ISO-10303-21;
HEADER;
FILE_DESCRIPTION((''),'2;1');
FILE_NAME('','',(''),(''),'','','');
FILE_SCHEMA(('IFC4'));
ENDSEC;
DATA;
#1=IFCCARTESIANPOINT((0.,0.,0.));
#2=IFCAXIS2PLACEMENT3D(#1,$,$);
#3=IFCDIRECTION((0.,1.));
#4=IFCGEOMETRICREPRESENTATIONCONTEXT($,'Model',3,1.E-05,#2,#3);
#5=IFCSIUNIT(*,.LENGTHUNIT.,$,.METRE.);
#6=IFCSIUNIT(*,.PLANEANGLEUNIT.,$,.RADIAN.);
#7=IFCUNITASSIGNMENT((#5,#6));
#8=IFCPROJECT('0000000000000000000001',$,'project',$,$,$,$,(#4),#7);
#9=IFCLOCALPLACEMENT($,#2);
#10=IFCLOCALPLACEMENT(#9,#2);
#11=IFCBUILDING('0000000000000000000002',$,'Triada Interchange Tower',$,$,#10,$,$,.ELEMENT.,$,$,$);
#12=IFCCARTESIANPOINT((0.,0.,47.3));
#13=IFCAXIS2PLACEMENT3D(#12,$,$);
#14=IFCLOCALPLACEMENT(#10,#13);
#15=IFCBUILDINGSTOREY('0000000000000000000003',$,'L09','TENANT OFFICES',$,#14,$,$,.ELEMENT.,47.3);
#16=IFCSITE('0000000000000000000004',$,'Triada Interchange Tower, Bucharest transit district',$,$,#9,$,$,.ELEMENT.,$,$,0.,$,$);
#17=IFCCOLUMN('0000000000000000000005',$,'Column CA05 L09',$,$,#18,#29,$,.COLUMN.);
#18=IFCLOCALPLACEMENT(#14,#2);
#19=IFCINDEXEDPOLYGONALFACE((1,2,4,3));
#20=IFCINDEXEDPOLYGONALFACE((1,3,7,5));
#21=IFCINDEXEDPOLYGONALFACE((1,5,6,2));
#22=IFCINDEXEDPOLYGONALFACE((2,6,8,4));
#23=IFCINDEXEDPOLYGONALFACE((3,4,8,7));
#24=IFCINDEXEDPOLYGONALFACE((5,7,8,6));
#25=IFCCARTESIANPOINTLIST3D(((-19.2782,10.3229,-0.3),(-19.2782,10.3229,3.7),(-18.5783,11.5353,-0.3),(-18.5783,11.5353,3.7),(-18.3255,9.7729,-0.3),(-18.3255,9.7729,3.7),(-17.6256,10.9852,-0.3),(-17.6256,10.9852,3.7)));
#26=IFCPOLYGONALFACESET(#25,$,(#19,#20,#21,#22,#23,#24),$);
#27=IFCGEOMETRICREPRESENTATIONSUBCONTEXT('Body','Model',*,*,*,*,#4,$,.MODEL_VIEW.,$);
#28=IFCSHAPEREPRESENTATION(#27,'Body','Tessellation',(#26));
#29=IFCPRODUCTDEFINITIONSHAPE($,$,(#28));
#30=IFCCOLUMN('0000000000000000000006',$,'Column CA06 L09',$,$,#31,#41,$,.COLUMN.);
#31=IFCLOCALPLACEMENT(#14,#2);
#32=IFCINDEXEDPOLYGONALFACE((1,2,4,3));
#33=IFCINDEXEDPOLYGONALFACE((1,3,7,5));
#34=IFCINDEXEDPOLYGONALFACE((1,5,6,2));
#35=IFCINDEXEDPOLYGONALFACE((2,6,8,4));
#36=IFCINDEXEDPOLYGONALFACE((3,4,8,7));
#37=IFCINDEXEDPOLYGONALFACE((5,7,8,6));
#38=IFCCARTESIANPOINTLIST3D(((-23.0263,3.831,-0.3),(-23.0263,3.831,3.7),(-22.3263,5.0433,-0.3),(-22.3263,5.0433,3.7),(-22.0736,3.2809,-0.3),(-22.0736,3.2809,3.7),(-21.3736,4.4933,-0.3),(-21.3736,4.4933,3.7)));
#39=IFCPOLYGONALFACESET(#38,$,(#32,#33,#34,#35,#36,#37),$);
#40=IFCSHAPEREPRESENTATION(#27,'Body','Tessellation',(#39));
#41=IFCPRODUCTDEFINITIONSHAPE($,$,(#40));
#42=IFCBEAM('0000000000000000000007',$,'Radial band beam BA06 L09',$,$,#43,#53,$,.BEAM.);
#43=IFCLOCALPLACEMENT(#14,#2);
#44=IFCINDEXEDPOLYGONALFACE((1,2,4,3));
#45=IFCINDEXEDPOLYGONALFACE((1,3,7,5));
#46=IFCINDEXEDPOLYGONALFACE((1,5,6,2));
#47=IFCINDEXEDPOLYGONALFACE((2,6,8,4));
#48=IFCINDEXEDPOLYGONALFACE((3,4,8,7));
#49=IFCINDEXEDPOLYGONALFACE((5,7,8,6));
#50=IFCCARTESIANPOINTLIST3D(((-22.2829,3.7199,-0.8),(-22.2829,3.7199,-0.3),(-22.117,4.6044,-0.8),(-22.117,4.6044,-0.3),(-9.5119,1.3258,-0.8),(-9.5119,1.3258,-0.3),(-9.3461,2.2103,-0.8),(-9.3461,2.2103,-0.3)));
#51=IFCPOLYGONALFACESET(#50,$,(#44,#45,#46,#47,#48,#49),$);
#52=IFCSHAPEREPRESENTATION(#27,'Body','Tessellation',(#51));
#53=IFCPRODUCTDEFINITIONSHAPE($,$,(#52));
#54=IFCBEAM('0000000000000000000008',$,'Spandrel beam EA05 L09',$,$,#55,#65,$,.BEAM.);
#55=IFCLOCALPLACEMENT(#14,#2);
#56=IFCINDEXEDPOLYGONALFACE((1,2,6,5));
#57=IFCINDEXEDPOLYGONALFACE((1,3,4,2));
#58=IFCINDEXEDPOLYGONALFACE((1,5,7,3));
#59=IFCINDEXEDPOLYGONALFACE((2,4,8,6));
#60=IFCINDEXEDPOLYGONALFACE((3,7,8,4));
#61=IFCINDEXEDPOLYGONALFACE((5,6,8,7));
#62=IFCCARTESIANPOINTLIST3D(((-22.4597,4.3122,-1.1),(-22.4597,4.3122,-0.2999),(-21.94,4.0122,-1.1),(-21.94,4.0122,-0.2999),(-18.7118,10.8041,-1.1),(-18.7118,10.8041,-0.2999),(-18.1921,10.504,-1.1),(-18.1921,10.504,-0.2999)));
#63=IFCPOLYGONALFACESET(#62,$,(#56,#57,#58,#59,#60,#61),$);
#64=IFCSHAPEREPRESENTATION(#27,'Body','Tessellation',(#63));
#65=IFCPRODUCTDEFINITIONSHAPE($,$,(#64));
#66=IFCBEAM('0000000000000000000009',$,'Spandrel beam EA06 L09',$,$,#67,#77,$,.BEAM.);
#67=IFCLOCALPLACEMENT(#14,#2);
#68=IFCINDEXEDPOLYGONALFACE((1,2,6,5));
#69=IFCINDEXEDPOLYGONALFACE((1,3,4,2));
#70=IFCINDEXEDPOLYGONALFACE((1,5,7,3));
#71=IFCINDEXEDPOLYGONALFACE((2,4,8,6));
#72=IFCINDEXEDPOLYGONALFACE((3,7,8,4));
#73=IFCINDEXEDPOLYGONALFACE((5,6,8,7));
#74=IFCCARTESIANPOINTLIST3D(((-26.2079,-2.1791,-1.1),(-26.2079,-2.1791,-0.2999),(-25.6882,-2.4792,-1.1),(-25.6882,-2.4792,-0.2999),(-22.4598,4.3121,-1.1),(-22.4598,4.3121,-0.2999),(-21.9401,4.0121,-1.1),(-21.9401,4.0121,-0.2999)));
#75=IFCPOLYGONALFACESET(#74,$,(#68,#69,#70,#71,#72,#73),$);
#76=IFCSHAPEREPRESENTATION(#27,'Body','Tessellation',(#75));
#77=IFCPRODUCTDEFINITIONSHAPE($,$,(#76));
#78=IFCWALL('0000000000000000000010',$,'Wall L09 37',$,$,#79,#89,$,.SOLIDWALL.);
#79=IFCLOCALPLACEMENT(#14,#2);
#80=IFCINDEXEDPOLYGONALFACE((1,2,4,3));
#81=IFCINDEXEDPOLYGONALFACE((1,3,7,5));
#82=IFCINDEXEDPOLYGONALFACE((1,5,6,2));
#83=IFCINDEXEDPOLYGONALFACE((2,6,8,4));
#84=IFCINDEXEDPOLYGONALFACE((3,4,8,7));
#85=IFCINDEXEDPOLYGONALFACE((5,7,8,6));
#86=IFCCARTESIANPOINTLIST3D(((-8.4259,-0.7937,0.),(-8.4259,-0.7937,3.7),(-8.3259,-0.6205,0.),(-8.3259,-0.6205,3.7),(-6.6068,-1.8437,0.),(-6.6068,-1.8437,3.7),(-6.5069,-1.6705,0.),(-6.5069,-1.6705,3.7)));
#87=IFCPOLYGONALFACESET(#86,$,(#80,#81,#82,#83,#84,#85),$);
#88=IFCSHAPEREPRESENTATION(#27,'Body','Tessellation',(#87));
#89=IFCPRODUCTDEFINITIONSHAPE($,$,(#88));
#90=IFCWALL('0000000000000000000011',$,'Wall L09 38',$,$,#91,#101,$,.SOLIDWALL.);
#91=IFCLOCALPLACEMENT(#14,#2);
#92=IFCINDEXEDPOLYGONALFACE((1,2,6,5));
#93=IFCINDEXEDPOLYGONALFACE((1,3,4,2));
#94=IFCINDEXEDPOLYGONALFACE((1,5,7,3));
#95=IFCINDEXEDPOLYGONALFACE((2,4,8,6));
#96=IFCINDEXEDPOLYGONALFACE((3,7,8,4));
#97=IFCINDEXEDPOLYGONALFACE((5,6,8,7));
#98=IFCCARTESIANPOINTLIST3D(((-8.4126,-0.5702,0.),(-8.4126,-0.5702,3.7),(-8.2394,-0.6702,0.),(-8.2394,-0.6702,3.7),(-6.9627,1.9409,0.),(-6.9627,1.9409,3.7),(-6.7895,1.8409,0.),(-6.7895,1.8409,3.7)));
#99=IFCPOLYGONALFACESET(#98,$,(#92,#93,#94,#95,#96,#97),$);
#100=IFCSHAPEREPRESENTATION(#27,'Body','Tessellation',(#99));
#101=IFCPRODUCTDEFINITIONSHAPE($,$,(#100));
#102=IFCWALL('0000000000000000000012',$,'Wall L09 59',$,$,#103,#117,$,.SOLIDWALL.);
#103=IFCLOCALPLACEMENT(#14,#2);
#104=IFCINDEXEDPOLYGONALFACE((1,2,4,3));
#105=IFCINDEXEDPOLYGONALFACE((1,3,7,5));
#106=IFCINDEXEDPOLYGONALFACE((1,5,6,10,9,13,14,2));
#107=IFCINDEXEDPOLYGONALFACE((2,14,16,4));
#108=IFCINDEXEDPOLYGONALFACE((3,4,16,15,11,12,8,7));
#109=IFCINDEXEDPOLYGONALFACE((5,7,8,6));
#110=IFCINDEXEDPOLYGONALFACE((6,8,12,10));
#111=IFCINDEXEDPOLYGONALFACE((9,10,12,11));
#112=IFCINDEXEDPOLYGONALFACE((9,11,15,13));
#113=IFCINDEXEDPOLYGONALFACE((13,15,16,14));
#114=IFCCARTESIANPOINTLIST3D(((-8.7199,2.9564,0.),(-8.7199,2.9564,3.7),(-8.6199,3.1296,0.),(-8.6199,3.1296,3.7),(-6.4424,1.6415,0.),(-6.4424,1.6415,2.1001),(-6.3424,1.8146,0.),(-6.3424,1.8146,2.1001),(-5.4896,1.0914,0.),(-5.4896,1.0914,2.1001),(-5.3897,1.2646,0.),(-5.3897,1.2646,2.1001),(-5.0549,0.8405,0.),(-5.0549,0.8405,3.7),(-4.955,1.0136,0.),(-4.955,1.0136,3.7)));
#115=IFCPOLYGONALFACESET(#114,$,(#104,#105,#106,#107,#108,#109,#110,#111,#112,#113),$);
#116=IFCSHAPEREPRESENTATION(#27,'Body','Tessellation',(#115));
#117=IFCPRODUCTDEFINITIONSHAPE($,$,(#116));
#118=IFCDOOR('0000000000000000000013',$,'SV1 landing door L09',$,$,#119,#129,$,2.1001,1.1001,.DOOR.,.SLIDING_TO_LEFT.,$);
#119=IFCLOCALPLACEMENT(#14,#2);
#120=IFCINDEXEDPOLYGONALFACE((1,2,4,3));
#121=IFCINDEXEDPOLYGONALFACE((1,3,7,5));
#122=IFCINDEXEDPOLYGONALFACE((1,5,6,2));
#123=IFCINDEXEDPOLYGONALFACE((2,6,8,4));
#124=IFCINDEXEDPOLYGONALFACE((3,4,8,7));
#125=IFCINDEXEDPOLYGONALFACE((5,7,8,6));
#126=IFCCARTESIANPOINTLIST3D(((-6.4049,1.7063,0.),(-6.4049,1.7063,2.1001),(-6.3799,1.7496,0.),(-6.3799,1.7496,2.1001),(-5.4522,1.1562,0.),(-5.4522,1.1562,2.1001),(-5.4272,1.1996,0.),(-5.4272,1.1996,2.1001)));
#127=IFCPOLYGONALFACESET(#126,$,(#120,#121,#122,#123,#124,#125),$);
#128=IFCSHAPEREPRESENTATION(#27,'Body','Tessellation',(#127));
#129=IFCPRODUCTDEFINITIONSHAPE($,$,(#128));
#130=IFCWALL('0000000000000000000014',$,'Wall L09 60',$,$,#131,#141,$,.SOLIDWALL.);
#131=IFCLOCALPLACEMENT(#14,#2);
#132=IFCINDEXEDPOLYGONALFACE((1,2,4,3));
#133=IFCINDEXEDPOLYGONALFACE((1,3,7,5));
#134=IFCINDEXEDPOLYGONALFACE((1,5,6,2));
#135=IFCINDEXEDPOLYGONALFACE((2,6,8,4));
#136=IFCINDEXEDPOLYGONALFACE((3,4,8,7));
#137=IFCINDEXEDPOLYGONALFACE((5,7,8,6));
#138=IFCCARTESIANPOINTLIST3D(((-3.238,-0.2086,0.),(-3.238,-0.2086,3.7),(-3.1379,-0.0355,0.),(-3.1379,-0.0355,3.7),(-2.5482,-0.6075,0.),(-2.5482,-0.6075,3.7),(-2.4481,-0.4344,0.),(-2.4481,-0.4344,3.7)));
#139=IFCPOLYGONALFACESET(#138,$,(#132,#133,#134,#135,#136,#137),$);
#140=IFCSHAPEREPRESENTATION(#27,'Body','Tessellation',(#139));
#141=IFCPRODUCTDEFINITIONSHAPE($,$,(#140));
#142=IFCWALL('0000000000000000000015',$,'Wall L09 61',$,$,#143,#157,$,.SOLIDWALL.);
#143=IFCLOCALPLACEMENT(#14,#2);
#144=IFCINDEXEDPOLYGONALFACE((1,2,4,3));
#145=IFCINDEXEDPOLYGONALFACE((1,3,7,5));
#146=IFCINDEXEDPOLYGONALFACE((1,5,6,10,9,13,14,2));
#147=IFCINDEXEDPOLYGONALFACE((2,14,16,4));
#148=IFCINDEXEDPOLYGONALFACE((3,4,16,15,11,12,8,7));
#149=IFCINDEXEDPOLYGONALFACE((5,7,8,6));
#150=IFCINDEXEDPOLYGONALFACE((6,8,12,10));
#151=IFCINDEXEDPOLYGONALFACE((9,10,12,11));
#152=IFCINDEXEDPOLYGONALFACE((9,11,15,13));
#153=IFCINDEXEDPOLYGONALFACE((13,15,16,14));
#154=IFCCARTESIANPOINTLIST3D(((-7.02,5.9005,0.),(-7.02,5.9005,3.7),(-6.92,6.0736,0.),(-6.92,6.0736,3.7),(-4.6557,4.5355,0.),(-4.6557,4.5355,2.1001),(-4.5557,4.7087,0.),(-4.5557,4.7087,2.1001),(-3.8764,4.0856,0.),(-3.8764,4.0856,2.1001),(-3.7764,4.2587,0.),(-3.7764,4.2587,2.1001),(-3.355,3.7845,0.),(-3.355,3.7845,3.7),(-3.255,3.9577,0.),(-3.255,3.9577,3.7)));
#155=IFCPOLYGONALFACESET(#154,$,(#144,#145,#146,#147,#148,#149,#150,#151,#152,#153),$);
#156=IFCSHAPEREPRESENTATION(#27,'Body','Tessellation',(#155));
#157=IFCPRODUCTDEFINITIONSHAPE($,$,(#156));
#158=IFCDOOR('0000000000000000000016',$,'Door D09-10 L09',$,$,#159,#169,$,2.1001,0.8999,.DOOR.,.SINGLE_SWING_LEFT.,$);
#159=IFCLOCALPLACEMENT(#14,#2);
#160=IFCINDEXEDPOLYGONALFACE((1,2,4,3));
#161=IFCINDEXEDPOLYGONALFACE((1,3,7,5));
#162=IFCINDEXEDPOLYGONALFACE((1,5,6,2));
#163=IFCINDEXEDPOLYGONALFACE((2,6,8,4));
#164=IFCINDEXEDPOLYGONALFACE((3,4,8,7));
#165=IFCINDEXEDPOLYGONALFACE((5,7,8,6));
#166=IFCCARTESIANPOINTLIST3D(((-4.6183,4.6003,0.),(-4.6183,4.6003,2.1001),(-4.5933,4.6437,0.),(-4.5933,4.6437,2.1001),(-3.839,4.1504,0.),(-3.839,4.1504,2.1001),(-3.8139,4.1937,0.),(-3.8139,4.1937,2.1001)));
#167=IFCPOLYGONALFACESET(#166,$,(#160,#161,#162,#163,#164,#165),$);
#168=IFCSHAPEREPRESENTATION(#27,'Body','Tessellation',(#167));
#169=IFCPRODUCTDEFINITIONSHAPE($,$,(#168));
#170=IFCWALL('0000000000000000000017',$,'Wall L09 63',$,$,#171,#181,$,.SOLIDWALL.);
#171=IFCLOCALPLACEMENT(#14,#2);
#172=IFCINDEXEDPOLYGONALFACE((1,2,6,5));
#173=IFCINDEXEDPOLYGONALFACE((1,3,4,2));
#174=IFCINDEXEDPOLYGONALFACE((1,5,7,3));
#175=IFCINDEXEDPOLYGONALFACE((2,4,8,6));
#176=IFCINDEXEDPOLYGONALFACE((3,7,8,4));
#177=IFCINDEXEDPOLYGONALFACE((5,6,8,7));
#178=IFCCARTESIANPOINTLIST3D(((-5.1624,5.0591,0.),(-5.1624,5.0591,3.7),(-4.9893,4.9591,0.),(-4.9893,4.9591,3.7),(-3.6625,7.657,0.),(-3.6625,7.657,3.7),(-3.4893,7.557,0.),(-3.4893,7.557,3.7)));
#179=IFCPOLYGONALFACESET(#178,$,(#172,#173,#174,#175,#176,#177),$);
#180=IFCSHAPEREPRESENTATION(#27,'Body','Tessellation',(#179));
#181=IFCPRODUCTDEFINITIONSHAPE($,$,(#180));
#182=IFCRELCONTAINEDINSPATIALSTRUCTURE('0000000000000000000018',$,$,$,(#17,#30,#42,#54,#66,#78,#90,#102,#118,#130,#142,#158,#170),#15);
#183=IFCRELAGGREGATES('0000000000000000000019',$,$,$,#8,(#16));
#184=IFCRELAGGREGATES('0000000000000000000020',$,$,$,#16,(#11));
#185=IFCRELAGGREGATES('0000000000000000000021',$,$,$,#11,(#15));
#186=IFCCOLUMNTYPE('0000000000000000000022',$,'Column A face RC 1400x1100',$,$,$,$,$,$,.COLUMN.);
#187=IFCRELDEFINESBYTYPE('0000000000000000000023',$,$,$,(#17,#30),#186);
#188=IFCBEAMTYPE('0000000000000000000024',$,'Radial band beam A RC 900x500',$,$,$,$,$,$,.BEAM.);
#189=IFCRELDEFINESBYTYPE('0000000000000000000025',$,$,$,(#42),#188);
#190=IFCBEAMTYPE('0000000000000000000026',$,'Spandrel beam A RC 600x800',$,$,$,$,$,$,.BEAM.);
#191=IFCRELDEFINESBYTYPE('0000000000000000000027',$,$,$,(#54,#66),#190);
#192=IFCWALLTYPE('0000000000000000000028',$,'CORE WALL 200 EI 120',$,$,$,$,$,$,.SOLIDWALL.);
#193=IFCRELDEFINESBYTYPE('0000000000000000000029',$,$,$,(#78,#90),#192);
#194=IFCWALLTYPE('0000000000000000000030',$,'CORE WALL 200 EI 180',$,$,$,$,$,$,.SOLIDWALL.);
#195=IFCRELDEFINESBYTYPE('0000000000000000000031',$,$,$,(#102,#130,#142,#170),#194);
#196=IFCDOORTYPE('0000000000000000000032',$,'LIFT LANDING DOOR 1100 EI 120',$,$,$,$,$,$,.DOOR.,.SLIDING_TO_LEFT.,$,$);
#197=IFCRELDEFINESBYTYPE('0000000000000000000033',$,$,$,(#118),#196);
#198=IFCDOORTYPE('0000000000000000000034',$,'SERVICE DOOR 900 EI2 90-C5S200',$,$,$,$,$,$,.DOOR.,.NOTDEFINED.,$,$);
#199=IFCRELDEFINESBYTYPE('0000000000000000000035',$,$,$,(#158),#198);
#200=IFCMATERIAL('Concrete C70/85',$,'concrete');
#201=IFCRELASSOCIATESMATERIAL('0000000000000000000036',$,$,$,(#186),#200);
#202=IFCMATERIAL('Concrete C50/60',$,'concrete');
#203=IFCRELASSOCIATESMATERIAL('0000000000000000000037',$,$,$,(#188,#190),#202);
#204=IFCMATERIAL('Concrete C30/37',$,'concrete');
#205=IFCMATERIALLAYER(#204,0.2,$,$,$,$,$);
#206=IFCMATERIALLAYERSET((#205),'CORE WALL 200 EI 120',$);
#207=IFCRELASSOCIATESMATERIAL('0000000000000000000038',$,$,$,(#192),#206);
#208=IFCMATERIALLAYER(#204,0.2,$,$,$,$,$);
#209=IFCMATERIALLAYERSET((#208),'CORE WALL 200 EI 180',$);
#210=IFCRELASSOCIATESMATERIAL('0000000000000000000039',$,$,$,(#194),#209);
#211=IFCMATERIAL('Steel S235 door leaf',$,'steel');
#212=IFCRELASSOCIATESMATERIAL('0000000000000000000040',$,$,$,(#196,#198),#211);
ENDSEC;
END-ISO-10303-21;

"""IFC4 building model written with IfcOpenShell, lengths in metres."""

from ifc_helpers import new_model, si_unit, direction, frame, frame_2d, origin, origin_2d, place, context, subcontext, project, spatial, rectangle, extrude, material, layer, layer_set, material_profile, profile_set, type_object, element, fill, save


model = new_model("IFC4")

# Units and contexts
model_context = context("Model", 3, precision=1e-05, world=origin(), true_north=direction((0.0, 1.0)))
body_context = subcontext(model_context, "Body", "Model", "MODEL_VIEW")
ifc_project = project(units=[si_unit("LENGTHUNIT", "METRE"), si_unit("PLANEANGLEUNIT", "RADIAN")], contexts=[model_context])

# Site, building, storey
site_placement = place(None, origin())
site = spatial("IfcSite", under=ifc_project, at=site_placement, Name="Triada Interchange Tower, Bucharest transit district", CompositionType="ELEMENT", RefElevation=0.0)
building_placement = place(site_placement, origin())
building = spatial("IfcBuilding", under=site, at=building_placement, Name="Triada Interchange Tower", CompositionType="ELEMENT")
storey_placement = place(building_placement, frame((0.0, 0.0, 47.3)))
storey = spatial("IfcBuildingStorey", under=building, at=storey_placement, Name="L09", Description="TENANT OFFICES", CompositionType="ELEMENT", Elevation=47.3)

# Columns
ifc_material_1 = material(Name="Concrete C70/85", Category="concrete")
ifc_material_profile_1 = material_profile(ifc_material_1, rectangle(XDim=1.3999, YDim=1.1001, at=origin_2d()), Name="RC 1400x1100")
ifc_profile_set_1 = profile_set([ifc_material_profile_1], Name="Concrete C70/85")
column_type = type_object("IfcColumnType", Name="Column A face RC 1400x1100", PredefinedType="COLUMN", material=ifc_profile_set_1)
for number, where, z_axis, x_axis, name in (
    (1, (-18.4519, 10.6541, -0.3), (0.0, 0.0, 1.0), (0.5, 0.866025, 0.0), "Column CA05 L09"),
    (2, (-22.2, 4.1621, -0.3), (0.0, 0.0, 1.0), (0.5, 0.866025, 0.0), "Column CA06 L09"),
):
    element("IfcColumn", number, at=place(storey_placement, frame(where, z_axis=z_axis, x_axis=x_axis)), inside=storey, type_object=column_type, Name=name, PredefinedType="COLUMN", context=body_context, shape_type="SweptSolid", body=[
        extrude(rectangle(XDim=1.3999, YDim=1.1001, at=origin_2d()), origin(), (0.0, 0.0, 1.0), 4.0),
    ])

# Beams
ifc_material_2 = material(Name="Concrete C50/60", Category="concrete")
ifc_material_profile_2 = material_profile(ifc_material_2, rectangle(XDim=0.8999, YDim=0.5, at=origin_2d()), Name="RC 900x500")
ifc_profile_set_2 = profile_set([ifc_material_profile_2], Name="Concrete C50/60")
beam_type_1 = type_object("IfcBeamType", Name="Radial band beam A RC 900x500", PredefinedType="BEAM", material=ifc_profile_set_2)
beam_1_placement = place(storey_placement, frame((-22.2, 4.1621, -0.55), z_axis=(0.982879, -0.18425, 0.0), x_axis=(0.18425, 0.982879, 0.0)))
element("IfcBeam", 3, at=beam_1_placement, inside=storey, type_object=beam_type_1, Name="Radial band beam BA06 L09", PredefinedType="BEAM", context=body_context, shape_type="SweptSolid", body=[
    extrude(rectangle(XDim=0.8999, YDim=0.5, at=origin_2d()), origin(), (0.0, 0.0, 1.0), 12.9934),
])
ifc_material_profile_3 = material_profile(ifc_material_2, rectangle(XDim=0.6001, YDim=0.8, at=origin_2d()), Name="RC 600x800")
ifc_profile_set_3 = profile_set([ifc_material_profile_3], Name="Concrete C50/60")
beam_type_2 = type_object("IfcBeamType", Name="Spandrel beam A RC 600x800", PredefinedType="BEAM", material=ifc_profile_set_3)
beam_2_placement = place(storey_placement, frame((-18.4519, 10.6541, -0.7), z_axis=(-0.499992, -0.86603, 0.0), x_axis=(0.86603, -0.499992, 0.0)))
element("IfcBeam", 4, at=beam_2_placement, inside=storey, type_object=beam_type_2, Name="Spandrel beam EA05 L09", PredefinedType="BEAM", context=body_context, shape_type="SweptSolid", body=[
    extrude(rectangle(XDim=0.6001, YDim=0.8, at=origin_2d()), origin(), (0.0, 0.0, 1.0), 7.4961),
])
beam_3_placement = place(storey_placement, frame((-22.2, 4.1621, -0.7), z_axis=(-0.500034, -0.866006, 0.0), x_axis=(0.866006, -0.500034, 0.0)))
element("IfcBeam", 5, at=beam_3_placement, inside=storey, type_object=beam_type_2, Name="Spandrel beam EA06 L09", PredefinedType="BEAM", context=body_context, shape_type="SweptSolid", body=[
    extrude(rectangle(XDim=0.6001, YDim=0.8, at=origin_2d()), origin(), (0.0, 0.0, 1.0), 7.4956),
])

# Walls
ifc_material_3 = material(Name="Concrete C30/37", Category="concrete")
ifc_layer_1 = layer(ifc_material_3, 0.2)
ifc_layer_set_1 = layer_set([ifc_layer_1], Name="CORE WALL 200 EI 120")
wall_type_1 = type_object("IfcWallType", Name="CORE WALL 200 EI 120", PredefinedType="SOLIDWALL", material=ifc_layer_set_1)
wall_1_placement = place(storey_placement, frame((-8.376, -0.707, 0.0), z_axis=(0.0, 0.0, 1.0), x_axis=(0.866068, -0.499927, 0.0)))
element("IfcWall", 6, at=wall_1_placement, inside=storey, type_object=wall_type_1, Name="Wall L09 37", PredefinedType="SOLIDWALL", context=body_context, shape_type="SweptSolid", body=[
    extrude(rectangle(XDim=2.1003, YDim=0.2, at=frame_2d((1.0503, 0.0))), origin(), (0.0, 0.0, 1.0), 3.7),
])
wall_2_placement = place(storey_placement, frame((-8.3259, -0.6201, 0.0), z_axis=(0.0, 0.0, 1.0), x_axis=(0.500024, 0.866012, 0.0)))
element("IfcWall", 7, at=wall_2_placement, inside=storey, type_object=wall_type_1, Name="Wall L09 38", PredefinedType="SOLIDWALL", context=body_context, shape_type="SweptSolid", body=[
    extrude(rectangle(XDim=2.8997, YDim=0.2, at=frame_2d((1.4497, 0.0))), origin(), (0.0, 0.0, 1.0), 3.7),
])

# Wall, opening, door
ifc_layer_2 = layer(ifc_material_3, 0.2)
ifc_layer_set_2 = layer_set([ifc_layer_2], Name="CORE WALL 200 EI 180")
wall_type_2 = type_object("IfcWallType", Name="CORE WALL 200 EI 180", PredefinedType="SOLIDWALL", material=ifc_layer_set_2)
wall_3_placement = place(storey_placement, frame((-8.6699, 3.043, 0.0), z_axis=(0.0, 0.0, 1.0), x_axis=(0.86603, -0.499992, 0.0)))
wall_3 = element("IfcWall", 8, at=wall_3_placement, inside=storey, type_object=wall_type_2, Name="Wall L09 59", PredefinedType="SOLIDWALL", context=body_context, shape_type="SweptSolid", body=[
    extrude(rectangle(XDim=4.2319, YDim=0.2, at=frame_2d((2.116, 0.0))), origin(), (0.0, 0.0, 1.0), 3.7),
])
opening_1_placement = place(wall_3_placement, frame((2.6299, 0.0, 0.0)))
opening_1 = element("IfcOpeningElement", 9, at=opening_1_placement, cuts=wall_3, PredefinedType="OPENING", context=body_context, shape_type="SweptSolid", body=[
    extrude(rectangle(XDim=1.1001, YDim=2.1001, at=frame_2d((0.55, 1.05))), frame((0.0, 0.1099, 0.0), z_axis=(0.0, -1.0, 0.0), x_axis=(1.0, 0.0, 0.0)), (0.0, 0.0, 1.0), 0.22),
])
ifc_material_4 = material(Name="Steel S235 door leaf", Category="steel")
door_type_1 = type_object("IfcDoorType", Name="LIFT LANDING DOOR 1100 EI 120", OperationType="SLIDING_TO_LEFT", PredefinedType="DOOR", material=ifc_material_4)
door_1_placement = place(opening_1_placement, origin())
door_1 = element("IfcDoor", 10, at=door_1_placement, inside=storey, type_object=door_type_1, Name="SV1 landing door L09", OperationType="SLIDING_TO_LEFT", OverallHeight=2.1001, OverallWidth=1.1001, PredefinedType="DOOR", context=body_context, shape_type="SweptSolid", body=[
    extrude(rectangle(XDim=1.1001, YDim=2.1001, at=frame_2d((0.55, 1.05))), frame((0.0, 0.0249, 0.0), z_axis=(0.0, -1.0, 0.0), x_axis=(1.0, 0.0, 0.0)), (0.0, 0.0, 1.0), 0.05),
])
fill(opening_1, door_1)

# Wall
wall_4_placement = place(storey_placement, frame((-3.188, -0.1221, 0.0), z_axis=(0.0, 0.0, 1.0), x_axis=(0.865706, -0.500553, 0.0)))
element("IfcWall", 11, at=wall_4_placement, inside=storey, type_object=wall_type_2, Name="Wall L09 60", PredefinedType="SOLIDWALL", context=body_context, shape_type="SweptSolid", body=[
    extrude(rectangle(XDim=0.7969, YDim=0.2, at=frame_2d((0.3984, 0.0))), origin(), (0.0, 0.0, 1.0), 3.7),
])

# Wall, opening, door
wall_5_placement = place(storey_placement, frame((-6.97, 5.9871, 0.0), z_axis=(0.0, 0.0, 1.0), x_axis=(0.86603, -0.499992, 0.0)))
wall_5 = element("IfcWall", 12, at=wall_5_placement, inside=storey, type_object=wall_type_2, Name="Wall L09 61", PredefinedType="SOLIDWALL", context=body_context, shape_type="SweptSolid", body=[
    extrude(rectangle(XDim=4.2319, YDim=0.2, at=frame_2d((2.116, 0.0))), origin(), (0.0, 0.0, 1.0), 3.7),
])
opening_2_placement = place(wall_5_placement, frame((2.73, 0.0, 0.0)))
opening_2 = element("IfcOpeningElement", 13, at=opening_2_placement, cuts=wall_5, PredefinedType="OPENING", context=body_context, shape_type="SweptSolid", body=[
    extrude(rectangle(XDim=0.8999, YDim=2.1001, at=frame_2d((0.45, 1.05))), frame((0.0, 0.1099, 0.0), z_axis=(0.0, -1.0, 0.0), x_axis=(1.0, 0.0, 0.0)), (0.0, 0.0, 1.0), 0.22),
])
door_type_2 = type_object("IfcDoorType", Name="SERVICE DOOR 900 EI2 90-C5S200", OperationType="NOTDEFINED", PredefinedType="DOOR", material=ifc_material_4)
door_2_placement = place(opening_2_placement, origin())
door_2 = element("IfcDoor", 14, at=door_2_placement, inside=storey, type_object=door_type_2, Name="Door D09-10 L09", OperationType="SINGLE_SWING_LEFT", OverallHeight=2.1001, OverallWidth=0.8999, PredefinedType="DOOR", context=body_context, shape_type="SweptSolid", body=[
    extrude(rectangle(XDim=0.8999, YDim=2.1001, at=frame_2d((0.45, 1.05))), frame((0.0, 0.0249, 0.0), z_axis=(0.0, -1.0, 0.0), x_axis=(1.0, 0.0, 0.0)), (0.0, 0.0, 1.0), 0.05),
])
fill(opening_2, door_2)

# Wall
wall_6_placement = place(storey_placement, frame((-5.0759, 5.009, 0.0), z_axis=(0.0, 0.0, 1.0), x_axis=(0.500025, 0.866011, 0.0)))
element("IfcWall", 15, at=wall_6_placement, inside=storey, type_object=wall_type_2, Name="Wall L09 63", PredefinedType="SOLIDWALL", context=body_context, shape_type="SweptSolid", body=[
    extrude(rectangle(XDim=2.9998, YDim=0.2, at=frame_2d((1.5, 0.0))), origin(), (0.0, 0.0, 1.0), 3.7),
])

save(model, "model.ifc")
